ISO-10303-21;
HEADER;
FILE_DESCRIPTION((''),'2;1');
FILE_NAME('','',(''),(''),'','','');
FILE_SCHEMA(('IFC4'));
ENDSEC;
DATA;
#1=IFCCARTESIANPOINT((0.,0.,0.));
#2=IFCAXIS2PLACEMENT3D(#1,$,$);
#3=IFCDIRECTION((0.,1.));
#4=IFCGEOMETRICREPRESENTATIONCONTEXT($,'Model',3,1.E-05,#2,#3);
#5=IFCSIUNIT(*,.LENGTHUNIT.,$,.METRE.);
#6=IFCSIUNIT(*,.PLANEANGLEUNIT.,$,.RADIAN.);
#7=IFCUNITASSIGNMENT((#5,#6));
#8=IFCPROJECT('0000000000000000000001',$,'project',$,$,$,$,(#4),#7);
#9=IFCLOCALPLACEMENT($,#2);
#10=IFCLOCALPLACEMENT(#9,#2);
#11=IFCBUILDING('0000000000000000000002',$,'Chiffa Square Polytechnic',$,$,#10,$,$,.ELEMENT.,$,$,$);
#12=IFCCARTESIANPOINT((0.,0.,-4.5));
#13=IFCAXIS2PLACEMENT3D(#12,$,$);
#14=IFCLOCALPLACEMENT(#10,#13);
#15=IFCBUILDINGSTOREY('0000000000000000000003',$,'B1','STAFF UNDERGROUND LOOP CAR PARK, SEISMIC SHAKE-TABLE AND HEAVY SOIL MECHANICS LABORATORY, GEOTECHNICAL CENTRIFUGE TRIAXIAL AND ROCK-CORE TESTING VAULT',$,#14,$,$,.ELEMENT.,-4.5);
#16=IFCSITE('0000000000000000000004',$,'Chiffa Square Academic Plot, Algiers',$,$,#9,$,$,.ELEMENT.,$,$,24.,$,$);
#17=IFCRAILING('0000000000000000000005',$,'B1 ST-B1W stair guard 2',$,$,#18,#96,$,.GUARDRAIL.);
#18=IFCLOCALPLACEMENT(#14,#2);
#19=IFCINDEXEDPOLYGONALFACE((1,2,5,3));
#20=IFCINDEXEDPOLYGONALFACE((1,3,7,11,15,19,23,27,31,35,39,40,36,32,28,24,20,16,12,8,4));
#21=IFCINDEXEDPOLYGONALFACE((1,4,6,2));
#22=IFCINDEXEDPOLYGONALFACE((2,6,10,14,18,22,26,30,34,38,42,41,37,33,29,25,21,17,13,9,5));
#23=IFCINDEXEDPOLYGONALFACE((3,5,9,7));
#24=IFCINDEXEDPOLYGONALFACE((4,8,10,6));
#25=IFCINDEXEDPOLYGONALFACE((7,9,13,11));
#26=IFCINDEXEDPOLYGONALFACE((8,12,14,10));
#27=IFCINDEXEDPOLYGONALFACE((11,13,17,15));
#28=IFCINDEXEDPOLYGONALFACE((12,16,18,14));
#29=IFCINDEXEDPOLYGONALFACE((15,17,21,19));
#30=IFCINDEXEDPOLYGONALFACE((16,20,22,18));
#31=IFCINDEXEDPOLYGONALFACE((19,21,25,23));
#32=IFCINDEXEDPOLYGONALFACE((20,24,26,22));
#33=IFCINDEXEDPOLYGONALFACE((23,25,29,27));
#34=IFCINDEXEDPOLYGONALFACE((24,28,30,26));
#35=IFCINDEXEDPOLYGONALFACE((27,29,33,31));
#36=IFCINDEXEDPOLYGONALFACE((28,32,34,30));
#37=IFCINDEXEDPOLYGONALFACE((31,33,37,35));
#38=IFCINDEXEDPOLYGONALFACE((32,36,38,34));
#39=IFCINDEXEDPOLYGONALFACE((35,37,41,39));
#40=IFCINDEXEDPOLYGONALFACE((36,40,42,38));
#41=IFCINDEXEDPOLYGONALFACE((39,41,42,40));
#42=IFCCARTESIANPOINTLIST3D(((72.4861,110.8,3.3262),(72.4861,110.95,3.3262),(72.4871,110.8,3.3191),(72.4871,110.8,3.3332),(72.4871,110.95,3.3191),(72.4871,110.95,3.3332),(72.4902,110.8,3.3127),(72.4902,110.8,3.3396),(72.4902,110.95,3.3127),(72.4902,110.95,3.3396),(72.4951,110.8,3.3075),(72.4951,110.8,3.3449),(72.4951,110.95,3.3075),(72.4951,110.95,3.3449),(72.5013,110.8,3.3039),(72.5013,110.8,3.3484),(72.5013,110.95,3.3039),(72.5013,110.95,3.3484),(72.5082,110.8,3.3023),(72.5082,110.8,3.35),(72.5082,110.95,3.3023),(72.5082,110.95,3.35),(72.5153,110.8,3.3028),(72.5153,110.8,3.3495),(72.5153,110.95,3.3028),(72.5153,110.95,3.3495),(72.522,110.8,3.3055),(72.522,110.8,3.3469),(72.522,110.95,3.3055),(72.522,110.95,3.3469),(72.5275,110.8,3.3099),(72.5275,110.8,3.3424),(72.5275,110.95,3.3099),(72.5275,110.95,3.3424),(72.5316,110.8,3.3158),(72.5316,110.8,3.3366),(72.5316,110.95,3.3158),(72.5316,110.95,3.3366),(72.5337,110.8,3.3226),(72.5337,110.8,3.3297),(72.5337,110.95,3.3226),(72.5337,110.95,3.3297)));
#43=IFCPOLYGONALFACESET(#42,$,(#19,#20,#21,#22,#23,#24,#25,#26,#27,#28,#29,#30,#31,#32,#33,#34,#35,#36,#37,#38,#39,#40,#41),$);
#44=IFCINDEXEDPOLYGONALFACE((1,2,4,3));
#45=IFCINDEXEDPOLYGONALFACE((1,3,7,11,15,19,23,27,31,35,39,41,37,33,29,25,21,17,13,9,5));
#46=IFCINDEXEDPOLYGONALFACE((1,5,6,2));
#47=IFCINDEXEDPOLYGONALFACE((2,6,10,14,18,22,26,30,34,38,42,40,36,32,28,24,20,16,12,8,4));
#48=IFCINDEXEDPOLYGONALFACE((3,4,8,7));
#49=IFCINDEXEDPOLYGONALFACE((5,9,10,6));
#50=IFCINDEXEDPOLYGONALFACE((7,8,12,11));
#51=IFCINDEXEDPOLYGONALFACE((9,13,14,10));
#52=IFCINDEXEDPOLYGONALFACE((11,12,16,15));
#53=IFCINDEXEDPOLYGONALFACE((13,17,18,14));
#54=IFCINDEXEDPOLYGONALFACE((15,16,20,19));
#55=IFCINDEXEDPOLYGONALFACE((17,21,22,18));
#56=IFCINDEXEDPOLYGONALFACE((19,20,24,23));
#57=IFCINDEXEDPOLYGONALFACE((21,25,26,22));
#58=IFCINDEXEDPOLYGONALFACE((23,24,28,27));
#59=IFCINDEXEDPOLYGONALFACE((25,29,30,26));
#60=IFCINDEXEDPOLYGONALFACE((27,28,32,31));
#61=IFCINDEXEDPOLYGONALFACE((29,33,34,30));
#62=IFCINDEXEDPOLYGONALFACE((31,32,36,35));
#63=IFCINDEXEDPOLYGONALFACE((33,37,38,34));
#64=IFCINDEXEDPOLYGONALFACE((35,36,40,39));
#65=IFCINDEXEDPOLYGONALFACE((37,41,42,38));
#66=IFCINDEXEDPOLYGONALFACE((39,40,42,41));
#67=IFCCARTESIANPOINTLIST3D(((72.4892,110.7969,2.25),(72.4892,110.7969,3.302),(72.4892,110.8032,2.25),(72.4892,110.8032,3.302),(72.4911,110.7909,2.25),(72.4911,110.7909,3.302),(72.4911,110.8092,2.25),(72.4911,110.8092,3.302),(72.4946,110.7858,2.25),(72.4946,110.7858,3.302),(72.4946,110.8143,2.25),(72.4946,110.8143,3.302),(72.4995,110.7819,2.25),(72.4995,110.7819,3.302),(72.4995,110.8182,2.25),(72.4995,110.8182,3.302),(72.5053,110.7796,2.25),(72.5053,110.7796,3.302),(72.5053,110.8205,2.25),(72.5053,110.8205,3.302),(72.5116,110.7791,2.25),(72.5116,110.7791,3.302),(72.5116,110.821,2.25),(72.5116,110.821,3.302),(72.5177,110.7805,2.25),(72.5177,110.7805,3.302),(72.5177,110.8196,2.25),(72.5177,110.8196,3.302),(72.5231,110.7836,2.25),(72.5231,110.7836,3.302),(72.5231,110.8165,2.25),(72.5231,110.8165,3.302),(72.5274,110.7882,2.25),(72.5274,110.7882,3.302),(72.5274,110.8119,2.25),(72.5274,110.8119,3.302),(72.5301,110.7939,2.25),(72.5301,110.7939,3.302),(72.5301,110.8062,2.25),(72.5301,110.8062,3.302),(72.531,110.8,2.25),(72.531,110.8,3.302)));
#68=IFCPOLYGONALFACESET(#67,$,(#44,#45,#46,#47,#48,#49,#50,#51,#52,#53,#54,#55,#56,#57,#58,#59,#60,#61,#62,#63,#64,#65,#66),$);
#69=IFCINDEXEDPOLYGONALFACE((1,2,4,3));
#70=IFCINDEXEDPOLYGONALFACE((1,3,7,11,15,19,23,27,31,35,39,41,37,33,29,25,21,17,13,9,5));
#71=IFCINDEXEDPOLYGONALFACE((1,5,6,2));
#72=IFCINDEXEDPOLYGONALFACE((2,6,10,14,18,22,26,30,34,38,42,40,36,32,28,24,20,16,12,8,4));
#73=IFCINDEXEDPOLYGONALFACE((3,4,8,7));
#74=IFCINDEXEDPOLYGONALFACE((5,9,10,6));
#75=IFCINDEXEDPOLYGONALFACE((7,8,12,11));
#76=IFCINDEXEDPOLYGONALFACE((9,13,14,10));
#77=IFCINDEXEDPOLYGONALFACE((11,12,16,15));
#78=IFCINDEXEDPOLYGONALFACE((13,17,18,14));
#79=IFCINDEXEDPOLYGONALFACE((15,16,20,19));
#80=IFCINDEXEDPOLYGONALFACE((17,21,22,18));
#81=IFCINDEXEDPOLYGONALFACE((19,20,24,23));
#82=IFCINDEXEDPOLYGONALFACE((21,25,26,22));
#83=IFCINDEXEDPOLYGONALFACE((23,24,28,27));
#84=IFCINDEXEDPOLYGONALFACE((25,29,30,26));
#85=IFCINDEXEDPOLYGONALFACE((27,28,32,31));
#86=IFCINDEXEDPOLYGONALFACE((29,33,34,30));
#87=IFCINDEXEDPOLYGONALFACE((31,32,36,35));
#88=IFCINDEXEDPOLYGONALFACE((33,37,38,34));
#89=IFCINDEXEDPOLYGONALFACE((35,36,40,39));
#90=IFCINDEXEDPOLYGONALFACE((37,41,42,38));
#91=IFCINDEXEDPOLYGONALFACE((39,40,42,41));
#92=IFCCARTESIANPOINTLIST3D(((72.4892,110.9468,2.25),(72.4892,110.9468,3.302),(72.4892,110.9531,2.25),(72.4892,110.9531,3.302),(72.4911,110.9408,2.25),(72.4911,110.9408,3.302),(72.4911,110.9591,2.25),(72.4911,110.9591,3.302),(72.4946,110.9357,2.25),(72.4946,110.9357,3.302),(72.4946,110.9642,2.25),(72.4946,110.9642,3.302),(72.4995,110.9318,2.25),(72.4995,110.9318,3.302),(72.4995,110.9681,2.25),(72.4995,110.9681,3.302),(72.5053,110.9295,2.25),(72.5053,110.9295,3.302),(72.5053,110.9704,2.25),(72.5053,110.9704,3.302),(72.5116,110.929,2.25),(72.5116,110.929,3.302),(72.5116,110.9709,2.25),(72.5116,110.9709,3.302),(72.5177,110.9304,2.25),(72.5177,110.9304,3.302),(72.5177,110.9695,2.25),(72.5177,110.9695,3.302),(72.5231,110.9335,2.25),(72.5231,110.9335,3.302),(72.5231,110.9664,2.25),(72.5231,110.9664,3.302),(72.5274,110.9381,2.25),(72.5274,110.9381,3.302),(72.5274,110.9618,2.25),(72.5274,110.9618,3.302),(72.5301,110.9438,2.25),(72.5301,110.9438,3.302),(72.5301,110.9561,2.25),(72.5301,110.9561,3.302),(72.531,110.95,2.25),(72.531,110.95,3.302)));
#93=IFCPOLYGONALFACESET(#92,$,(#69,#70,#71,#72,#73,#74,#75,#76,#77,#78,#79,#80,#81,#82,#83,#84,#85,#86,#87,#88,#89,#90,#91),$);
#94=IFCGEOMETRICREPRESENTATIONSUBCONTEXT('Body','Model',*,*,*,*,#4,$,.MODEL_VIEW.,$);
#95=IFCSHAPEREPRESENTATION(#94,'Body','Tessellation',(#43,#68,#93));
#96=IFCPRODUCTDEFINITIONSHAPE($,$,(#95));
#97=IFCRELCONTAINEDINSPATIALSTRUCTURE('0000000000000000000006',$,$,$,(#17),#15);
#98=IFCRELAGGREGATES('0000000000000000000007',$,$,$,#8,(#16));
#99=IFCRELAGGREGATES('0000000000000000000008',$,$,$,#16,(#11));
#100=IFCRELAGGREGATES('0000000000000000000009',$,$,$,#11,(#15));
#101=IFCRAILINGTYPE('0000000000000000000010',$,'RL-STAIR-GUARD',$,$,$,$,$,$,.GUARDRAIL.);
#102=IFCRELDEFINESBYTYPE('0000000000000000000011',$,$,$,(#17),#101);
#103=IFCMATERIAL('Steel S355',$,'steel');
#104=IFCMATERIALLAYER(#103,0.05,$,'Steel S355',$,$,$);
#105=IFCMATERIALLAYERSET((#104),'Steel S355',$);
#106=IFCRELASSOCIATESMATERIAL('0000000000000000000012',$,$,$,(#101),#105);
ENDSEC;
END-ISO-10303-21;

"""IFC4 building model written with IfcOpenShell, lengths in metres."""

from ifc_helpers import new_model, si_unit, direction, frame, origin, origin_2d, place, context, subcontext, project, spatial, circle, extrude, material, layer, layer_set, type_object, element, save


model = new_model("IFC4")

# Units and contexts
model_context = context("Model", 3, precision=1e-05, world=origin(), true_north=direction((0.0, 1.0)))
body_context = subcontext(model_context, "Body", "Model", "MODEL_VIEW")
ifc_project = project(units=[si_unit("LENGTHUNIT", "METRE"), si_unit("PLANEANGLEUNIT", "RADIAN")], contexts=[model_context])

# Site, building, storey
site_placement = place(None, origin())
site = spatial("IfcSite", under=ifc_project, at=site_placement, Name="Chiffa Square Academic Plot, Algiers", CompositionType="ELEMENT", RefElevation=24.0)
building_placement = place(site_placement, origin())
building = spatial("IfcBuilding", under=site, at=building_placement, Name="Chiffa Square Polytechnic", CompositionType="ELEMENT")
storey_placement = place(building_placement, frame((0.0, 0.0, -4.5)))
storey = spatial("IfcBuildingStorey", under=building, at=storey_placement, Name="B1", Description="STAFF UNDERGROUND LOOP CAR PARK, SEISMIC SHAKE-TABLE AND HEAVY SOIL MECHANICS LABORATORY, GEOTECHNICAL CENTRIFUGE TRIAXIAL AND ROCK-CORE TESTING VAULT", CompositionType="ELEMENT", Elevation=-4.5)

# Railing
ifc_material_1 = material(Name="Steel S355", Category="steel")
ifc_layer_1 = layer(ifc_material_1, 0.05, Name="Steel S355")
ifc_layer_set_1 = layer_set([ifc_layer_1], Name="Steel S355")
railing_type_1 = type_object("IfcRailingType", Name="RL-STAIR-GUARD", PredefinedType="GUARDRAIL", material=ifc_layer_set_1)
railing_1_placement = place(storey_placement, frame((72.51, 110.8, 2.25)))
element("IfcRailing", 1, at=railing_1_placement, inside=storey, type_object=railing_type_1, Name="B1 ST-B1W stair guard 2", PredefinedType="GUARDRAIL", context=body_context, shape_type="SweptSolid", body=[
    extrude(circle(Radius=0.0239, at=origin_2d()), frame((0.0, 0.0, 1.0762), z_axis=(0.0, 1.0, 0.0), x_axis=(-1.0, 0.0, 0.0)), (0.0, 0.0, 1.0), 0.1499),
    extrude(circle(Radius=0.021, at=origin_2d()), origin(), (0.0, 0.0, 1.0), 1.052),
    extrude(circle(Radius=0.021, at=origin_2d()), frame((0.0, 0.1499, 0.0)), (0.0, 0.0, 1.0), 1.052),
])

save(model, "model.ifc")
